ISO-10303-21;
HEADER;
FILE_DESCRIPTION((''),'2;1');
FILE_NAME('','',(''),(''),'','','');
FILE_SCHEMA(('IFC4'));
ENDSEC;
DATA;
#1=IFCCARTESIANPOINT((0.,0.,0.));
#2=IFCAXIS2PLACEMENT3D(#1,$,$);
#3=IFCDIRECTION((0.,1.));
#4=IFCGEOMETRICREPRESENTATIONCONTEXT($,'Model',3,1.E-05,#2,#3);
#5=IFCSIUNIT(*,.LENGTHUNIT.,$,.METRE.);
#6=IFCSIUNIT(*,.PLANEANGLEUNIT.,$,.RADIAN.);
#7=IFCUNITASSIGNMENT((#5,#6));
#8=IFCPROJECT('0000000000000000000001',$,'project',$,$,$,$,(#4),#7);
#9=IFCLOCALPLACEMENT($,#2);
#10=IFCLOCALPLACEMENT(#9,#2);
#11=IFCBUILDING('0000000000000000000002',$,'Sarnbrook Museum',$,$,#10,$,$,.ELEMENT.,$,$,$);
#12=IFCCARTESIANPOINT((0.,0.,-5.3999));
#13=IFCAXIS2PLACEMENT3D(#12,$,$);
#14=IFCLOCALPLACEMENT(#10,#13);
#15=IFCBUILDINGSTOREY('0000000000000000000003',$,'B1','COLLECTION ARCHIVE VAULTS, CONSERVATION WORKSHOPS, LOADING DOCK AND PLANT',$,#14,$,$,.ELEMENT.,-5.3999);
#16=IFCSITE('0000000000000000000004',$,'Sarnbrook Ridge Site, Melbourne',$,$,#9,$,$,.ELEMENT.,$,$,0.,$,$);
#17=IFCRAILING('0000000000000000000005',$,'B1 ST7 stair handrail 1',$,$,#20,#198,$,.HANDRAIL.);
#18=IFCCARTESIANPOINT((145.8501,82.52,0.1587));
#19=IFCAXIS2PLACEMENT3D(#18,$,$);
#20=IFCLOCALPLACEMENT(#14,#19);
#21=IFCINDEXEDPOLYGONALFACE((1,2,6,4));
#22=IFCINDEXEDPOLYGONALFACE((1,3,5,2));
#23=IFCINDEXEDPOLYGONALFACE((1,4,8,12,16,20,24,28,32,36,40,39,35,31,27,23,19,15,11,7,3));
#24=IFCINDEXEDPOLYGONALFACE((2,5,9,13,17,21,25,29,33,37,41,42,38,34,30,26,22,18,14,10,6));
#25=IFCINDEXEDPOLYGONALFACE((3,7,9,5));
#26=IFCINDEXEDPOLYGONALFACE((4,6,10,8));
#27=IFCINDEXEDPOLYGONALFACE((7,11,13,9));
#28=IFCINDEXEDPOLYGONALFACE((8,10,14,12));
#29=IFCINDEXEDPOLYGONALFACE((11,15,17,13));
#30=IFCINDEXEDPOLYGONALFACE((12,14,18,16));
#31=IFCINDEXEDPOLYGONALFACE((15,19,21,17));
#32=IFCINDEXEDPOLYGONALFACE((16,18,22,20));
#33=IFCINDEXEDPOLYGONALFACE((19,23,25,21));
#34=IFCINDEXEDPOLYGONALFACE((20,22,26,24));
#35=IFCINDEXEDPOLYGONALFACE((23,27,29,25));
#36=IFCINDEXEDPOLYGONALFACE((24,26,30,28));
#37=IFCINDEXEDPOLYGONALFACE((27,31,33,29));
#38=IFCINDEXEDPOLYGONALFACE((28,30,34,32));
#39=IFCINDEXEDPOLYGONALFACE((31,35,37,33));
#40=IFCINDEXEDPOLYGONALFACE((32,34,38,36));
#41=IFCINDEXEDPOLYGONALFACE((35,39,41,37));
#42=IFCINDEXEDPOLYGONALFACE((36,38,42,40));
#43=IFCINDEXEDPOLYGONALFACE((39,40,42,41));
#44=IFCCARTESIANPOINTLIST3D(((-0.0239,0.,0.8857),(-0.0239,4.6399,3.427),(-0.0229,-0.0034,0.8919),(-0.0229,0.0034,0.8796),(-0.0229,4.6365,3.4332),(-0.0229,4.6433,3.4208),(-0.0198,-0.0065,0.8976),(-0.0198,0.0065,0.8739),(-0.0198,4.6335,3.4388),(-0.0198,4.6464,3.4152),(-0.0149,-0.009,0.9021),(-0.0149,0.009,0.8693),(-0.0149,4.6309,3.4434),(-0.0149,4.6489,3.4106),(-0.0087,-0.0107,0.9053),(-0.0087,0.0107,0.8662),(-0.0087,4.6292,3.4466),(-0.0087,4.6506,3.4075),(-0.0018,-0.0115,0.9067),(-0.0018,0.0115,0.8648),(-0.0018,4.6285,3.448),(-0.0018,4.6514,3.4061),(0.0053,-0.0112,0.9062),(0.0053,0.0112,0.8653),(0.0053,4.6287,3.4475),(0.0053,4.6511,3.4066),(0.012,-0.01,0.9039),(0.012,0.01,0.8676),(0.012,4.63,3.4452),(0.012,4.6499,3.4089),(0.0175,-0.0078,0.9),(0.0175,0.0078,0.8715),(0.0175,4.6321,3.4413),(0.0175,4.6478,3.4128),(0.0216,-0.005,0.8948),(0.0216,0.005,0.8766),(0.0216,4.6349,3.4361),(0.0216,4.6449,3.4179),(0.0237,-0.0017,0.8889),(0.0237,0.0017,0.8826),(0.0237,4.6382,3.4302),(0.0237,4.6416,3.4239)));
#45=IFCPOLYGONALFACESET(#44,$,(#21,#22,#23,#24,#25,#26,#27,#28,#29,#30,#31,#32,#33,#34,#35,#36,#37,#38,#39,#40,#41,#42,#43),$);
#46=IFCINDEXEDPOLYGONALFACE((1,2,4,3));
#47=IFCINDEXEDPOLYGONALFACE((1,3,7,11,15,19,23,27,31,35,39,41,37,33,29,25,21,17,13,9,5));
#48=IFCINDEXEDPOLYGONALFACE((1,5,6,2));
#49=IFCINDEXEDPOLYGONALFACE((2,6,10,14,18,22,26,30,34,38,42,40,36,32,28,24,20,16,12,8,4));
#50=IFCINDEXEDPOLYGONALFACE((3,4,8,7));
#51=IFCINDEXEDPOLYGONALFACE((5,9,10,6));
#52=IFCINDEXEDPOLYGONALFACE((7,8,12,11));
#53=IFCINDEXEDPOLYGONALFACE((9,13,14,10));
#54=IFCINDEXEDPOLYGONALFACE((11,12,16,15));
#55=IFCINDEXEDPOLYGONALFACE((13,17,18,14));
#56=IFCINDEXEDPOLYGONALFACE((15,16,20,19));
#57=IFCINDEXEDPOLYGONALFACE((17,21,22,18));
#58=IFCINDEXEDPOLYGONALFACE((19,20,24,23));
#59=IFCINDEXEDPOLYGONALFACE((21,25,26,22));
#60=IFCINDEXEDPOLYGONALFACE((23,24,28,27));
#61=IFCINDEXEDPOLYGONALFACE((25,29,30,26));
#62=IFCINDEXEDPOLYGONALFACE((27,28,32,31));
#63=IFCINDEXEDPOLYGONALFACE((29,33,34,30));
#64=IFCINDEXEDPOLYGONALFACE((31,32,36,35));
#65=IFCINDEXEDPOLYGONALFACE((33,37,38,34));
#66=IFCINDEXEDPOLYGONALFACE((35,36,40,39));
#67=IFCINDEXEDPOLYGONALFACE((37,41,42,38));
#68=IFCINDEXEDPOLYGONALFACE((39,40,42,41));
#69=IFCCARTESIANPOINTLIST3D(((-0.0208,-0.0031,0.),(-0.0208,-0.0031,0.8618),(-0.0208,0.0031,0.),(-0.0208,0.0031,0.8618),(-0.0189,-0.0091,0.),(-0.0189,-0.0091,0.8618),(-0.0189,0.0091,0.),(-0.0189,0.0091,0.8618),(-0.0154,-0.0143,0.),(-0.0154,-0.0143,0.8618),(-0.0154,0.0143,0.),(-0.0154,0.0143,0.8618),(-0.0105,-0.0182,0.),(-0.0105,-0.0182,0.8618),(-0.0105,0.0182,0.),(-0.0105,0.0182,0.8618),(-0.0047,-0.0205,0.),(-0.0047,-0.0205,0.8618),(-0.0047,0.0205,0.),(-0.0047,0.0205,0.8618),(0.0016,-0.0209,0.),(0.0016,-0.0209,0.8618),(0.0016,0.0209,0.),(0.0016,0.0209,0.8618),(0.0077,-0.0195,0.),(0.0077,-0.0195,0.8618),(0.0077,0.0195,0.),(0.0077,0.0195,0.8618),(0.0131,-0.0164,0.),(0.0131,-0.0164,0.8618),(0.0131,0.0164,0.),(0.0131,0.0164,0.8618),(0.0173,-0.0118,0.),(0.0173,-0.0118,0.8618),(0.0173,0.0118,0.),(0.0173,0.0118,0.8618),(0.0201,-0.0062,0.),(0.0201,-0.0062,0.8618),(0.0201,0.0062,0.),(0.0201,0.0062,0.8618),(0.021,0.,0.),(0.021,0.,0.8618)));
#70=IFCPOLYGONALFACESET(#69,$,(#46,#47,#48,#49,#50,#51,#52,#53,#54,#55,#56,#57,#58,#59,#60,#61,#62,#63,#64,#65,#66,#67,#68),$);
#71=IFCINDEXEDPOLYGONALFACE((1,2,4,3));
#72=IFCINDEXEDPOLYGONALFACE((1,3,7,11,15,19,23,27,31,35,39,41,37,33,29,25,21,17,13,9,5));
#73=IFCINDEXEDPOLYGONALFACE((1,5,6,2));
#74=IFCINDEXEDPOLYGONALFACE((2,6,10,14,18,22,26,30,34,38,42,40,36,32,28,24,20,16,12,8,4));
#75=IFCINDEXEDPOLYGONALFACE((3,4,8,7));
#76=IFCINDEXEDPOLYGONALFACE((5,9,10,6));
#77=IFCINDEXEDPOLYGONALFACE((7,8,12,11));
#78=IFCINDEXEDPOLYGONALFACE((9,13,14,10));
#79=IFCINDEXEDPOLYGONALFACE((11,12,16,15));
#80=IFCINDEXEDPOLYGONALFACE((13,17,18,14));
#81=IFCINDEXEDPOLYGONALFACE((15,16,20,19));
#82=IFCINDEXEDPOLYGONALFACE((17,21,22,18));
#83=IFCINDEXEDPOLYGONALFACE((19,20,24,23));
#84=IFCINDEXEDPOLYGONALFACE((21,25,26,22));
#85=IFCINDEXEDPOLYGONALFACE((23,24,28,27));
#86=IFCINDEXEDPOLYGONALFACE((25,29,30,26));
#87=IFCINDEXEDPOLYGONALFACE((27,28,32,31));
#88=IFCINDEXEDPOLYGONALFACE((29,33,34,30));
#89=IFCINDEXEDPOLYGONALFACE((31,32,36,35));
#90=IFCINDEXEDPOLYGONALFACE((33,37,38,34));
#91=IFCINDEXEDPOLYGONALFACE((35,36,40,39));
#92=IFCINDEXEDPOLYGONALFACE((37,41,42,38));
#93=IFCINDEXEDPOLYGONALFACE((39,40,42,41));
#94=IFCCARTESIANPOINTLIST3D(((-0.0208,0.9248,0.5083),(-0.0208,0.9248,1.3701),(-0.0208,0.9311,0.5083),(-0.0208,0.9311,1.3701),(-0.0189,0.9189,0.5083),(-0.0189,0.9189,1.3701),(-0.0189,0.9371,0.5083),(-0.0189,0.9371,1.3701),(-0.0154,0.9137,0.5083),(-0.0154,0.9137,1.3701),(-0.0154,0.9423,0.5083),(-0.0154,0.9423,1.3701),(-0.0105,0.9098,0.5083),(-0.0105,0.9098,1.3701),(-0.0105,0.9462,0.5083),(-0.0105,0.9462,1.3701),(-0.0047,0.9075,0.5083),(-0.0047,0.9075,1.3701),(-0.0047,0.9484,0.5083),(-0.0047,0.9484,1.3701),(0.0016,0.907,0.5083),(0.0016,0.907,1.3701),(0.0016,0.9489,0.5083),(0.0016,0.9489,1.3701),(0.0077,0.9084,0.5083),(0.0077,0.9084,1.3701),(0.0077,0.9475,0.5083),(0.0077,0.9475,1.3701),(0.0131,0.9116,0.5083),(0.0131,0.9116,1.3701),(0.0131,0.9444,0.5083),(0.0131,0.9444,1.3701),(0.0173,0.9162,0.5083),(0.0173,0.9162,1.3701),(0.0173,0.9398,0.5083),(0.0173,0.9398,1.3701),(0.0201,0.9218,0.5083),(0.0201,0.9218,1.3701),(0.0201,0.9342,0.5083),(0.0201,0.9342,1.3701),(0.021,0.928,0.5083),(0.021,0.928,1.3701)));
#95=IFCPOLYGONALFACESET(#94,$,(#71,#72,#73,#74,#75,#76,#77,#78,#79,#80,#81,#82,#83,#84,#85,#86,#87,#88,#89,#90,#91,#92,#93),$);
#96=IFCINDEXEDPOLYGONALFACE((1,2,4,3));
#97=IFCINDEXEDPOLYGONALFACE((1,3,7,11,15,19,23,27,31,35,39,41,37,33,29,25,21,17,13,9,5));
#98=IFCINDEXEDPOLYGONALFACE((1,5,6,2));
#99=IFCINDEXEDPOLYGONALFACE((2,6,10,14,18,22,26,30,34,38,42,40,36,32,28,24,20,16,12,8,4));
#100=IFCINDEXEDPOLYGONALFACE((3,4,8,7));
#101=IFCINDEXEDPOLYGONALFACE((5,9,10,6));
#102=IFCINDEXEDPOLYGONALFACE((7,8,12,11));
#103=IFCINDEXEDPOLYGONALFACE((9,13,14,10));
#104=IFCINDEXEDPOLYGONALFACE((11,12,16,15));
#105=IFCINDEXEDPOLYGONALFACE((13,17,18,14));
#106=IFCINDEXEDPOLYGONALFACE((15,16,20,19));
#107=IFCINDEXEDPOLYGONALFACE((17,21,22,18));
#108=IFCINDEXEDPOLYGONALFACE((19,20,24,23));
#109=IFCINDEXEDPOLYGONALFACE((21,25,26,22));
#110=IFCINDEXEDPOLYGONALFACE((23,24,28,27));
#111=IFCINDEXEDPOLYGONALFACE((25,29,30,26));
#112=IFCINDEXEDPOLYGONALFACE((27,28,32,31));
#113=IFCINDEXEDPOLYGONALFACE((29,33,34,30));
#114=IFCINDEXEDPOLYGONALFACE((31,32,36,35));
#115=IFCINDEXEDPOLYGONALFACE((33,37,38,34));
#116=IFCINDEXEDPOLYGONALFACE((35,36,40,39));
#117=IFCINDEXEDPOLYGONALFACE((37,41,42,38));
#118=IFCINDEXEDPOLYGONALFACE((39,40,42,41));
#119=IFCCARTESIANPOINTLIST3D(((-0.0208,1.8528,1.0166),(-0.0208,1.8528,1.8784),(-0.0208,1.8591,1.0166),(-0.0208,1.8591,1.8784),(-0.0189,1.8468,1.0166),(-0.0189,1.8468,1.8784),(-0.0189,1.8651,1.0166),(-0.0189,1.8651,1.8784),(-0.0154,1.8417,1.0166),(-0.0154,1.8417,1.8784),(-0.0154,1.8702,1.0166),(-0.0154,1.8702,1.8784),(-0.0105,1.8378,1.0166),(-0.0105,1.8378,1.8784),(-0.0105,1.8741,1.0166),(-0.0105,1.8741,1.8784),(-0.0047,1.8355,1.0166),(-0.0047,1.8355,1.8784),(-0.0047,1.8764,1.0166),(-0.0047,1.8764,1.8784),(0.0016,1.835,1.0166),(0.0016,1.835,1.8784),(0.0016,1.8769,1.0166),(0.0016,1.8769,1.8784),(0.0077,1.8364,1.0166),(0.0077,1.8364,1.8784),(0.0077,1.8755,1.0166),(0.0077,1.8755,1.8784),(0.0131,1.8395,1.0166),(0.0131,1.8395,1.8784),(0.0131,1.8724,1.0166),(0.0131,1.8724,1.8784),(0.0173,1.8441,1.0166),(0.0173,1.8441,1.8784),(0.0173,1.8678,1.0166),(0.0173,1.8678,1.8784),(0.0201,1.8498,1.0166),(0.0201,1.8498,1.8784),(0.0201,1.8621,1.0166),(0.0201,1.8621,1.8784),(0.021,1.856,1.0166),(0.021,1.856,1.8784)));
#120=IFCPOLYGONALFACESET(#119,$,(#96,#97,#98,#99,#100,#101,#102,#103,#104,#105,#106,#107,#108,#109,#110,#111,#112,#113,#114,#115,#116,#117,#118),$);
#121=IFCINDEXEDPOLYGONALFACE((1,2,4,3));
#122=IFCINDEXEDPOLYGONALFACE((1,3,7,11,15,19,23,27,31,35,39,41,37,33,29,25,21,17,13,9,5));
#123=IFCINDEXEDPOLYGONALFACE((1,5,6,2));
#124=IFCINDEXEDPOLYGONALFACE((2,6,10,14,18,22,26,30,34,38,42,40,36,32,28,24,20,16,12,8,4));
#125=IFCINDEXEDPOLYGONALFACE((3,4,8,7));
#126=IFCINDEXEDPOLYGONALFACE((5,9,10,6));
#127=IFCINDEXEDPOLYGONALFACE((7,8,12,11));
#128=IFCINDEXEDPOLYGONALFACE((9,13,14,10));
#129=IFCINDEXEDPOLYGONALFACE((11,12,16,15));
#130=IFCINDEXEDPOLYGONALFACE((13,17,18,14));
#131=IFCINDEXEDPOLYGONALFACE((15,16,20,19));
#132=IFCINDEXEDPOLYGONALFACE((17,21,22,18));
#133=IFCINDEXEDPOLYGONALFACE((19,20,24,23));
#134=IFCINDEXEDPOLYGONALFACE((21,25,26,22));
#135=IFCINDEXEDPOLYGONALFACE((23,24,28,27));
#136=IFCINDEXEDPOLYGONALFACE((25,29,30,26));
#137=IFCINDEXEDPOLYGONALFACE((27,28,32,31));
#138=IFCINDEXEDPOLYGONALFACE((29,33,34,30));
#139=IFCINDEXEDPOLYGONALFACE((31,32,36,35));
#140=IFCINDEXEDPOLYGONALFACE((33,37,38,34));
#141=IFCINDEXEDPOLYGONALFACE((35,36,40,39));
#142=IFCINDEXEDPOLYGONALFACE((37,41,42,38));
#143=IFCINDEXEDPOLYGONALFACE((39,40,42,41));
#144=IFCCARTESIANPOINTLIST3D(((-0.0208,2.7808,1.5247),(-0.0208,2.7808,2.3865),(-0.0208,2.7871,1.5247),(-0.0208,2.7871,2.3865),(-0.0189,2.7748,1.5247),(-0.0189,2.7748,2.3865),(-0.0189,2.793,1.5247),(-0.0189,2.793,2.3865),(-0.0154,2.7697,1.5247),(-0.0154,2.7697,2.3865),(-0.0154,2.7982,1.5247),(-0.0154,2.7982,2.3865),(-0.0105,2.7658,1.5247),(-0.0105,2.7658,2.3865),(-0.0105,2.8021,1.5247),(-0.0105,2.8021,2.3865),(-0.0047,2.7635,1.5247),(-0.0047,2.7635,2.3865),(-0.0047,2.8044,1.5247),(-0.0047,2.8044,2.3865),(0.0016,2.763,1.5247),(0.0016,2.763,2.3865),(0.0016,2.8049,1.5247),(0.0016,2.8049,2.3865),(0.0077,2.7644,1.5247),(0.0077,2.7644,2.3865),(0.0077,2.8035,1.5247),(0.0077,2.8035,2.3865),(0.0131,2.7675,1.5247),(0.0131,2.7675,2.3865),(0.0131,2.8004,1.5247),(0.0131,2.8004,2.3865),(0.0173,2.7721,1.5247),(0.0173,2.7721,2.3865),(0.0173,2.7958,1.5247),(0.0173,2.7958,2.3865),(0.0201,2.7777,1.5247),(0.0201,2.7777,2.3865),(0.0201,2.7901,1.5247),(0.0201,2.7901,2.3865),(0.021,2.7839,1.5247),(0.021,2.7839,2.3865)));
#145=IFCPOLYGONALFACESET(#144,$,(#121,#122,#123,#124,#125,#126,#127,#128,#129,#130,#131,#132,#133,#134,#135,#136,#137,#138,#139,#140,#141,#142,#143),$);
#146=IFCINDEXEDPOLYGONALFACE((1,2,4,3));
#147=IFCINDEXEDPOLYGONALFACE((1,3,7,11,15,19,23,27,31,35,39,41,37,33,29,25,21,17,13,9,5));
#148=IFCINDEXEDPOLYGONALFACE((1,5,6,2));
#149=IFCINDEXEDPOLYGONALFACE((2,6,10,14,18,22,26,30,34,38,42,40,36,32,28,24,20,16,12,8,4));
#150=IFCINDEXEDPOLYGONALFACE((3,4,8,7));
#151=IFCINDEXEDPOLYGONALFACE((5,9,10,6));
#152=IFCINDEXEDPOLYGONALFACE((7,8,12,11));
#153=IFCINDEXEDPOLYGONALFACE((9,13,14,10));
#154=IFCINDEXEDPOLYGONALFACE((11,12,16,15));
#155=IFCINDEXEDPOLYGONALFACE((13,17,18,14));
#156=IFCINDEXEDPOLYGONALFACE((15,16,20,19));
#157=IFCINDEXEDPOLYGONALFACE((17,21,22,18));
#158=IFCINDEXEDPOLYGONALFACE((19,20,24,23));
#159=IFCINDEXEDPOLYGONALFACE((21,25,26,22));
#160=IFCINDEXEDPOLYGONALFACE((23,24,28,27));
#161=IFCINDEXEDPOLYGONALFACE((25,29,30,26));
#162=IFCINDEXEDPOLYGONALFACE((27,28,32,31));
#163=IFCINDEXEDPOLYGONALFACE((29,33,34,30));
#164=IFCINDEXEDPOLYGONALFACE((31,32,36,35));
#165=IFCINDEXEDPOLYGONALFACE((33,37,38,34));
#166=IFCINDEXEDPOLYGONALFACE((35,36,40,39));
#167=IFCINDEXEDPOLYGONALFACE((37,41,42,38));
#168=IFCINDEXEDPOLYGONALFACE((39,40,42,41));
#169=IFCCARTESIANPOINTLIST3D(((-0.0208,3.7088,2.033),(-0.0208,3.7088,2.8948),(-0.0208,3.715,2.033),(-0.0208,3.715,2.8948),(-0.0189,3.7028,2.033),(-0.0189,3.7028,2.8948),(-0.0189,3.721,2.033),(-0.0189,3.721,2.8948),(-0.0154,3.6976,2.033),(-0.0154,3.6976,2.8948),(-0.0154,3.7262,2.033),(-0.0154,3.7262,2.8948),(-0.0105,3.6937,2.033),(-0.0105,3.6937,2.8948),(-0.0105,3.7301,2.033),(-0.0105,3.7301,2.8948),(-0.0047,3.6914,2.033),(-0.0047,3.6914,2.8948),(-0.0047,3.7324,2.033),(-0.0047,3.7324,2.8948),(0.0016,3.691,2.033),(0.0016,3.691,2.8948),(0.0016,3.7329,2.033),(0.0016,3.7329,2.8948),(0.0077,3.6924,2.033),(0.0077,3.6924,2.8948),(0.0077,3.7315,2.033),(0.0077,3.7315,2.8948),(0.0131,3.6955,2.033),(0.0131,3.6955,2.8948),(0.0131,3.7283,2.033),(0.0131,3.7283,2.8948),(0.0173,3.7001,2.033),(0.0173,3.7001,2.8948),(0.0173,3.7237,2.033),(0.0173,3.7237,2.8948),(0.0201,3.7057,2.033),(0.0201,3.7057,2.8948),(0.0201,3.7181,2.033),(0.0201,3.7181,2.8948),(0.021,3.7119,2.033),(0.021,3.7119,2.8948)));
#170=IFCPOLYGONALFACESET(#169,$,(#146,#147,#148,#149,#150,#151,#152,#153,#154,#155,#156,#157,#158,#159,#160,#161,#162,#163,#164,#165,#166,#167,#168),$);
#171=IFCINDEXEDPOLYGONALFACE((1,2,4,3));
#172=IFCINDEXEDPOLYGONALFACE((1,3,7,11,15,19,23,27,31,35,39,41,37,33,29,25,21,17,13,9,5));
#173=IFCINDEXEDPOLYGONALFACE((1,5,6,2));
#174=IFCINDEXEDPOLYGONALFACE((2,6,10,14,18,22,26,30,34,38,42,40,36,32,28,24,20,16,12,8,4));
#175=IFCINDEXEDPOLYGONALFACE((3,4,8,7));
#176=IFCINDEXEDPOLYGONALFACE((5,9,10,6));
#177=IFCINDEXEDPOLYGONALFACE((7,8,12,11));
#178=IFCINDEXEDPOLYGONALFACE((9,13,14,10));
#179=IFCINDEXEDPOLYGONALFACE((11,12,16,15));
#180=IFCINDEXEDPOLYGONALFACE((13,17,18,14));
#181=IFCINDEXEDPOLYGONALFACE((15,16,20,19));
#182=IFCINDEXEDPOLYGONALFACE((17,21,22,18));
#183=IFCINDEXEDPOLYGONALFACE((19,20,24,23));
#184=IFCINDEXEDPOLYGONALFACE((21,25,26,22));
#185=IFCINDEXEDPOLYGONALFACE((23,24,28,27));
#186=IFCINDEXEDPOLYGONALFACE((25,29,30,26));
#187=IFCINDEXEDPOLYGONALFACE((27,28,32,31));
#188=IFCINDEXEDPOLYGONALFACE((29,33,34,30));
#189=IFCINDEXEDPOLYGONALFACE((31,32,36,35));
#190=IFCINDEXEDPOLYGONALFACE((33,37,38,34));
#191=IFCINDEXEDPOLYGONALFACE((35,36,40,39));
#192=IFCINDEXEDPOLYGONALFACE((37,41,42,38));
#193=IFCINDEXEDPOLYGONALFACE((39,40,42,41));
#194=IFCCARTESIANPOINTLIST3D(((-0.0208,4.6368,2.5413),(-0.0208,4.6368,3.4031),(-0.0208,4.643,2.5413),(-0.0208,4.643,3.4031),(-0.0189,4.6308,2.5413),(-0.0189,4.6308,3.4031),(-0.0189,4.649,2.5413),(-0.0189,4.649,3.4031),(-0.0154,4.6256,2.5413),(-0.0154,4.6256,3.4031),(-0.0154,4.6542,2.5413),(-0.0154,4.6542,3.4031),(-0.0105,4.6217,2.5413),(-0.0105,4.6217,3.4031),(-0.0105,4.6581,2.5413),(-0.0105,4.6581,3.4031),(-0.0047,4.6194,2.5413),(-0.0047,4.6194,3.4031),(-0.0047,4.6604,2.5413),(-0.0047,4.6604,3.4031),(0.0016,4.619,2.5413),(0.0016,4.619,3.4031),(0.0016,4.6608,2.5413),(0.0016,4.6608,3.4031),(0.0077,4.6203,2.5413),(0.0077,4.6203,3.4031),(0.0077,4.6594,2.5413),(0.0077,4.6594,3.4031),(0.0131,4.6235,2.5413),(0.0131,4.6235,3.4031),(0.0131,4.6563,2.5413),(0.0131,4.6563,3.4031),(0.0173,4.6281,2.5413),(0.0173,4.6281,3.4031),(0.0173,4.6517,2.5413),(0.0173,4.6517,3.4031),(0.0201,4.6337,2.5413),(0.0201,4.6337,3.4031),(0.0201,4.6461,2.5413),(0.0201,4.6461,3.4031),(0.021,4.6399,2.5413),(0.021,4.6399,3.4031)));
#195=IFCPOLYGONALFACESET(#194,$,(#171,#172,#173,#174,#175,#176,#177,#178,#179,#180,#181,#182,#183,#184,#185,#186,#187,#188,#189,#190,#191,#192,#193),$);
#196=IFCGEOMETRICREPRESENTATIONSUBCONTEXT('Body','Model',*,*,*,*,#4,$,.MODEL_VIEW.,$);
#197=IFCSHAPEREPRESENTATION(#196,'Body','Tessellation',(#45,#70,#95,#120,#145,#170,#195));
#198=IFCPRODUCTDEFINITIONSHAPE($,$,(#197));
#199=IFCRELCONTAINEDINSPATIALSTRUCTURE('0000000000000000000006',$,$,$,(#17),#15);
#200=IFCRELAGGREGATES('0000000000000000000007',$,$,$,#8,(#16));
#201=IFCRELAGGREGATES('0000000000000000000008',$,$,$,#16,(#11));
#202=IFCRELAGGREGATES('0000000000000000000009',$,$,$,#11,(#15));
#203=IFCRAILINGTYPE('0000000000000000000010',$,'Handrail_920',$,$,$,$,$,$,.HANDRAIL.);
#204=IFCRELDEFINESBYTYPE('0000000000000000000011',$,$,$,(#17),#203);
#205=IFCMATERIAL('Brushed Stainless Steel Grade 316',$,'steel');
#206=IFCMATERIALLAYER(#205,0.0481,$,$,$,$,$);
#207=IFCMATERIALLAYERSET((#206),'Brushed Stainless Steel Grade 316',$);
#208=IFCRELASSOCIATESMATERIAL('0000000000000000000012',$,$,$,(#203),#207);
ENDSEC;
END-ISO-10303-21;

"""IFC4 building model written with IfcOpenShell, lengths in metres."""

from ifc_helpers import new_model, si_unit, direction, frame, origin, origin_2d, place, context, subcontext, project, spatial, circle, extrude, material, layer, layer_set, type_object, element, save


model = new_model("IFC4")

# Units and contexts
model_context = context("Model", 3, precision=1e-05, world=origin(), true_north=direction((0.0, 1.0)))
body_context = subcontext(model_context, "Body", "Model", "MODEL_VIEW")
ifc_project = project(units=[si_unit("LENGTHUNIT", "METRE"), si_unit("PLANEANGLEUNIT", "RADIAN")], contexts=[model_context])

# Site, building, storey
site_placement = place(None, origin())
site = spatial("IfcSite", under=ifc_project, at=site_placement, Name="Sarnbrook Ridge Site, Melbourne", CompositionType="ELEMENT", RefElevation=0.0)
building_placement = place(site_placement, origin())
building = spatial("IfcBuilding", under=site, at=building_placement, Name="Sarnbrook Museum", CompositionType="ELEMENT")
storey_placement = place(building_placement, frame((0.0, 0.0, -5.3999)))
storey = spatial("IfcBuildingStorey", under=building, at=storey_placement, Name="B1", Description="COLLECTION ARCHIVE VAULTS, CONSERVATION WORKSHOPS, LOADING DOCK AND PLANT", CompositionType="ELEMENT", Elevation=-5.3999)

# Railing
ifc_material_1 = material(Name="Brushed Stainless Steel Grade 316", Category="steel")
ifc_layer_1 = layer(ifc_material_1, 0.0481)
ifc_layer_set_1 = layer_set([ifc_layer_1], Name="Brushed Stainless Steel Grade 316")
railing_type_1 = type_object("IfcRailingType", Name="Handrail_920", PredefinedType="HANDRAIL", material=ifc_layer_set_1)
railing_1_placement = place(storey_placement, frame((145.8501, 82.52, 0.1587)))
element("IfcRailing", 1, at=railing_1_placement, inside=storey, type_object=railing_type_1, Name="B1 ST7 stair handrail 1", PredefinedType="HANDRAIL", context=body_context, shape_type="SweptSolid", body=[
    extrude(circle(Radius=0.0239, at=origin_2d()), frame((0.0, 0.0, 0.8857), z_axis=(0.0, 0.877067, 0.480368), x_axis=(-1.0, 0.0, 0.0)), (0.0, 0.0, 1.0), 5.2903),
    extrude(circle(Radius=0.021, at=origin_2d()), origin(), (0.0, 0.0, 1.0), 0.8618),
    extrude(circle(Radius=0.021, at=origin_2d()), frame((0.0, 0.928, 0.5083)), (0.0, 0.0, 1.0), 0.8618),
    extrude(circle(Radius=0.021, at=origin_2d()), frame((0.0, 1.856, 1.0166)), (0.0, 0.0, 1.0), 0.8618),
    extrude(circle(Radius=0.021, at=origin_2d()), frame((0.0, 2.7839, 1.5247)), (0.0, 0.0, 1.0), 0.8618),
    extrude(circle(Radius=0.021, at=origin_2d()), frame((0.0, 3.7119, 2.033)), (0.0, 0.0, 1.0), 0.8618),
    extrude(circle(Radius=0.021, at=origin_2d()), frame((0.0, 4.6399, 2.5413)), (0.0, 0.0, 1.0), 0.8618),
])

save(model, "model.ifc")
